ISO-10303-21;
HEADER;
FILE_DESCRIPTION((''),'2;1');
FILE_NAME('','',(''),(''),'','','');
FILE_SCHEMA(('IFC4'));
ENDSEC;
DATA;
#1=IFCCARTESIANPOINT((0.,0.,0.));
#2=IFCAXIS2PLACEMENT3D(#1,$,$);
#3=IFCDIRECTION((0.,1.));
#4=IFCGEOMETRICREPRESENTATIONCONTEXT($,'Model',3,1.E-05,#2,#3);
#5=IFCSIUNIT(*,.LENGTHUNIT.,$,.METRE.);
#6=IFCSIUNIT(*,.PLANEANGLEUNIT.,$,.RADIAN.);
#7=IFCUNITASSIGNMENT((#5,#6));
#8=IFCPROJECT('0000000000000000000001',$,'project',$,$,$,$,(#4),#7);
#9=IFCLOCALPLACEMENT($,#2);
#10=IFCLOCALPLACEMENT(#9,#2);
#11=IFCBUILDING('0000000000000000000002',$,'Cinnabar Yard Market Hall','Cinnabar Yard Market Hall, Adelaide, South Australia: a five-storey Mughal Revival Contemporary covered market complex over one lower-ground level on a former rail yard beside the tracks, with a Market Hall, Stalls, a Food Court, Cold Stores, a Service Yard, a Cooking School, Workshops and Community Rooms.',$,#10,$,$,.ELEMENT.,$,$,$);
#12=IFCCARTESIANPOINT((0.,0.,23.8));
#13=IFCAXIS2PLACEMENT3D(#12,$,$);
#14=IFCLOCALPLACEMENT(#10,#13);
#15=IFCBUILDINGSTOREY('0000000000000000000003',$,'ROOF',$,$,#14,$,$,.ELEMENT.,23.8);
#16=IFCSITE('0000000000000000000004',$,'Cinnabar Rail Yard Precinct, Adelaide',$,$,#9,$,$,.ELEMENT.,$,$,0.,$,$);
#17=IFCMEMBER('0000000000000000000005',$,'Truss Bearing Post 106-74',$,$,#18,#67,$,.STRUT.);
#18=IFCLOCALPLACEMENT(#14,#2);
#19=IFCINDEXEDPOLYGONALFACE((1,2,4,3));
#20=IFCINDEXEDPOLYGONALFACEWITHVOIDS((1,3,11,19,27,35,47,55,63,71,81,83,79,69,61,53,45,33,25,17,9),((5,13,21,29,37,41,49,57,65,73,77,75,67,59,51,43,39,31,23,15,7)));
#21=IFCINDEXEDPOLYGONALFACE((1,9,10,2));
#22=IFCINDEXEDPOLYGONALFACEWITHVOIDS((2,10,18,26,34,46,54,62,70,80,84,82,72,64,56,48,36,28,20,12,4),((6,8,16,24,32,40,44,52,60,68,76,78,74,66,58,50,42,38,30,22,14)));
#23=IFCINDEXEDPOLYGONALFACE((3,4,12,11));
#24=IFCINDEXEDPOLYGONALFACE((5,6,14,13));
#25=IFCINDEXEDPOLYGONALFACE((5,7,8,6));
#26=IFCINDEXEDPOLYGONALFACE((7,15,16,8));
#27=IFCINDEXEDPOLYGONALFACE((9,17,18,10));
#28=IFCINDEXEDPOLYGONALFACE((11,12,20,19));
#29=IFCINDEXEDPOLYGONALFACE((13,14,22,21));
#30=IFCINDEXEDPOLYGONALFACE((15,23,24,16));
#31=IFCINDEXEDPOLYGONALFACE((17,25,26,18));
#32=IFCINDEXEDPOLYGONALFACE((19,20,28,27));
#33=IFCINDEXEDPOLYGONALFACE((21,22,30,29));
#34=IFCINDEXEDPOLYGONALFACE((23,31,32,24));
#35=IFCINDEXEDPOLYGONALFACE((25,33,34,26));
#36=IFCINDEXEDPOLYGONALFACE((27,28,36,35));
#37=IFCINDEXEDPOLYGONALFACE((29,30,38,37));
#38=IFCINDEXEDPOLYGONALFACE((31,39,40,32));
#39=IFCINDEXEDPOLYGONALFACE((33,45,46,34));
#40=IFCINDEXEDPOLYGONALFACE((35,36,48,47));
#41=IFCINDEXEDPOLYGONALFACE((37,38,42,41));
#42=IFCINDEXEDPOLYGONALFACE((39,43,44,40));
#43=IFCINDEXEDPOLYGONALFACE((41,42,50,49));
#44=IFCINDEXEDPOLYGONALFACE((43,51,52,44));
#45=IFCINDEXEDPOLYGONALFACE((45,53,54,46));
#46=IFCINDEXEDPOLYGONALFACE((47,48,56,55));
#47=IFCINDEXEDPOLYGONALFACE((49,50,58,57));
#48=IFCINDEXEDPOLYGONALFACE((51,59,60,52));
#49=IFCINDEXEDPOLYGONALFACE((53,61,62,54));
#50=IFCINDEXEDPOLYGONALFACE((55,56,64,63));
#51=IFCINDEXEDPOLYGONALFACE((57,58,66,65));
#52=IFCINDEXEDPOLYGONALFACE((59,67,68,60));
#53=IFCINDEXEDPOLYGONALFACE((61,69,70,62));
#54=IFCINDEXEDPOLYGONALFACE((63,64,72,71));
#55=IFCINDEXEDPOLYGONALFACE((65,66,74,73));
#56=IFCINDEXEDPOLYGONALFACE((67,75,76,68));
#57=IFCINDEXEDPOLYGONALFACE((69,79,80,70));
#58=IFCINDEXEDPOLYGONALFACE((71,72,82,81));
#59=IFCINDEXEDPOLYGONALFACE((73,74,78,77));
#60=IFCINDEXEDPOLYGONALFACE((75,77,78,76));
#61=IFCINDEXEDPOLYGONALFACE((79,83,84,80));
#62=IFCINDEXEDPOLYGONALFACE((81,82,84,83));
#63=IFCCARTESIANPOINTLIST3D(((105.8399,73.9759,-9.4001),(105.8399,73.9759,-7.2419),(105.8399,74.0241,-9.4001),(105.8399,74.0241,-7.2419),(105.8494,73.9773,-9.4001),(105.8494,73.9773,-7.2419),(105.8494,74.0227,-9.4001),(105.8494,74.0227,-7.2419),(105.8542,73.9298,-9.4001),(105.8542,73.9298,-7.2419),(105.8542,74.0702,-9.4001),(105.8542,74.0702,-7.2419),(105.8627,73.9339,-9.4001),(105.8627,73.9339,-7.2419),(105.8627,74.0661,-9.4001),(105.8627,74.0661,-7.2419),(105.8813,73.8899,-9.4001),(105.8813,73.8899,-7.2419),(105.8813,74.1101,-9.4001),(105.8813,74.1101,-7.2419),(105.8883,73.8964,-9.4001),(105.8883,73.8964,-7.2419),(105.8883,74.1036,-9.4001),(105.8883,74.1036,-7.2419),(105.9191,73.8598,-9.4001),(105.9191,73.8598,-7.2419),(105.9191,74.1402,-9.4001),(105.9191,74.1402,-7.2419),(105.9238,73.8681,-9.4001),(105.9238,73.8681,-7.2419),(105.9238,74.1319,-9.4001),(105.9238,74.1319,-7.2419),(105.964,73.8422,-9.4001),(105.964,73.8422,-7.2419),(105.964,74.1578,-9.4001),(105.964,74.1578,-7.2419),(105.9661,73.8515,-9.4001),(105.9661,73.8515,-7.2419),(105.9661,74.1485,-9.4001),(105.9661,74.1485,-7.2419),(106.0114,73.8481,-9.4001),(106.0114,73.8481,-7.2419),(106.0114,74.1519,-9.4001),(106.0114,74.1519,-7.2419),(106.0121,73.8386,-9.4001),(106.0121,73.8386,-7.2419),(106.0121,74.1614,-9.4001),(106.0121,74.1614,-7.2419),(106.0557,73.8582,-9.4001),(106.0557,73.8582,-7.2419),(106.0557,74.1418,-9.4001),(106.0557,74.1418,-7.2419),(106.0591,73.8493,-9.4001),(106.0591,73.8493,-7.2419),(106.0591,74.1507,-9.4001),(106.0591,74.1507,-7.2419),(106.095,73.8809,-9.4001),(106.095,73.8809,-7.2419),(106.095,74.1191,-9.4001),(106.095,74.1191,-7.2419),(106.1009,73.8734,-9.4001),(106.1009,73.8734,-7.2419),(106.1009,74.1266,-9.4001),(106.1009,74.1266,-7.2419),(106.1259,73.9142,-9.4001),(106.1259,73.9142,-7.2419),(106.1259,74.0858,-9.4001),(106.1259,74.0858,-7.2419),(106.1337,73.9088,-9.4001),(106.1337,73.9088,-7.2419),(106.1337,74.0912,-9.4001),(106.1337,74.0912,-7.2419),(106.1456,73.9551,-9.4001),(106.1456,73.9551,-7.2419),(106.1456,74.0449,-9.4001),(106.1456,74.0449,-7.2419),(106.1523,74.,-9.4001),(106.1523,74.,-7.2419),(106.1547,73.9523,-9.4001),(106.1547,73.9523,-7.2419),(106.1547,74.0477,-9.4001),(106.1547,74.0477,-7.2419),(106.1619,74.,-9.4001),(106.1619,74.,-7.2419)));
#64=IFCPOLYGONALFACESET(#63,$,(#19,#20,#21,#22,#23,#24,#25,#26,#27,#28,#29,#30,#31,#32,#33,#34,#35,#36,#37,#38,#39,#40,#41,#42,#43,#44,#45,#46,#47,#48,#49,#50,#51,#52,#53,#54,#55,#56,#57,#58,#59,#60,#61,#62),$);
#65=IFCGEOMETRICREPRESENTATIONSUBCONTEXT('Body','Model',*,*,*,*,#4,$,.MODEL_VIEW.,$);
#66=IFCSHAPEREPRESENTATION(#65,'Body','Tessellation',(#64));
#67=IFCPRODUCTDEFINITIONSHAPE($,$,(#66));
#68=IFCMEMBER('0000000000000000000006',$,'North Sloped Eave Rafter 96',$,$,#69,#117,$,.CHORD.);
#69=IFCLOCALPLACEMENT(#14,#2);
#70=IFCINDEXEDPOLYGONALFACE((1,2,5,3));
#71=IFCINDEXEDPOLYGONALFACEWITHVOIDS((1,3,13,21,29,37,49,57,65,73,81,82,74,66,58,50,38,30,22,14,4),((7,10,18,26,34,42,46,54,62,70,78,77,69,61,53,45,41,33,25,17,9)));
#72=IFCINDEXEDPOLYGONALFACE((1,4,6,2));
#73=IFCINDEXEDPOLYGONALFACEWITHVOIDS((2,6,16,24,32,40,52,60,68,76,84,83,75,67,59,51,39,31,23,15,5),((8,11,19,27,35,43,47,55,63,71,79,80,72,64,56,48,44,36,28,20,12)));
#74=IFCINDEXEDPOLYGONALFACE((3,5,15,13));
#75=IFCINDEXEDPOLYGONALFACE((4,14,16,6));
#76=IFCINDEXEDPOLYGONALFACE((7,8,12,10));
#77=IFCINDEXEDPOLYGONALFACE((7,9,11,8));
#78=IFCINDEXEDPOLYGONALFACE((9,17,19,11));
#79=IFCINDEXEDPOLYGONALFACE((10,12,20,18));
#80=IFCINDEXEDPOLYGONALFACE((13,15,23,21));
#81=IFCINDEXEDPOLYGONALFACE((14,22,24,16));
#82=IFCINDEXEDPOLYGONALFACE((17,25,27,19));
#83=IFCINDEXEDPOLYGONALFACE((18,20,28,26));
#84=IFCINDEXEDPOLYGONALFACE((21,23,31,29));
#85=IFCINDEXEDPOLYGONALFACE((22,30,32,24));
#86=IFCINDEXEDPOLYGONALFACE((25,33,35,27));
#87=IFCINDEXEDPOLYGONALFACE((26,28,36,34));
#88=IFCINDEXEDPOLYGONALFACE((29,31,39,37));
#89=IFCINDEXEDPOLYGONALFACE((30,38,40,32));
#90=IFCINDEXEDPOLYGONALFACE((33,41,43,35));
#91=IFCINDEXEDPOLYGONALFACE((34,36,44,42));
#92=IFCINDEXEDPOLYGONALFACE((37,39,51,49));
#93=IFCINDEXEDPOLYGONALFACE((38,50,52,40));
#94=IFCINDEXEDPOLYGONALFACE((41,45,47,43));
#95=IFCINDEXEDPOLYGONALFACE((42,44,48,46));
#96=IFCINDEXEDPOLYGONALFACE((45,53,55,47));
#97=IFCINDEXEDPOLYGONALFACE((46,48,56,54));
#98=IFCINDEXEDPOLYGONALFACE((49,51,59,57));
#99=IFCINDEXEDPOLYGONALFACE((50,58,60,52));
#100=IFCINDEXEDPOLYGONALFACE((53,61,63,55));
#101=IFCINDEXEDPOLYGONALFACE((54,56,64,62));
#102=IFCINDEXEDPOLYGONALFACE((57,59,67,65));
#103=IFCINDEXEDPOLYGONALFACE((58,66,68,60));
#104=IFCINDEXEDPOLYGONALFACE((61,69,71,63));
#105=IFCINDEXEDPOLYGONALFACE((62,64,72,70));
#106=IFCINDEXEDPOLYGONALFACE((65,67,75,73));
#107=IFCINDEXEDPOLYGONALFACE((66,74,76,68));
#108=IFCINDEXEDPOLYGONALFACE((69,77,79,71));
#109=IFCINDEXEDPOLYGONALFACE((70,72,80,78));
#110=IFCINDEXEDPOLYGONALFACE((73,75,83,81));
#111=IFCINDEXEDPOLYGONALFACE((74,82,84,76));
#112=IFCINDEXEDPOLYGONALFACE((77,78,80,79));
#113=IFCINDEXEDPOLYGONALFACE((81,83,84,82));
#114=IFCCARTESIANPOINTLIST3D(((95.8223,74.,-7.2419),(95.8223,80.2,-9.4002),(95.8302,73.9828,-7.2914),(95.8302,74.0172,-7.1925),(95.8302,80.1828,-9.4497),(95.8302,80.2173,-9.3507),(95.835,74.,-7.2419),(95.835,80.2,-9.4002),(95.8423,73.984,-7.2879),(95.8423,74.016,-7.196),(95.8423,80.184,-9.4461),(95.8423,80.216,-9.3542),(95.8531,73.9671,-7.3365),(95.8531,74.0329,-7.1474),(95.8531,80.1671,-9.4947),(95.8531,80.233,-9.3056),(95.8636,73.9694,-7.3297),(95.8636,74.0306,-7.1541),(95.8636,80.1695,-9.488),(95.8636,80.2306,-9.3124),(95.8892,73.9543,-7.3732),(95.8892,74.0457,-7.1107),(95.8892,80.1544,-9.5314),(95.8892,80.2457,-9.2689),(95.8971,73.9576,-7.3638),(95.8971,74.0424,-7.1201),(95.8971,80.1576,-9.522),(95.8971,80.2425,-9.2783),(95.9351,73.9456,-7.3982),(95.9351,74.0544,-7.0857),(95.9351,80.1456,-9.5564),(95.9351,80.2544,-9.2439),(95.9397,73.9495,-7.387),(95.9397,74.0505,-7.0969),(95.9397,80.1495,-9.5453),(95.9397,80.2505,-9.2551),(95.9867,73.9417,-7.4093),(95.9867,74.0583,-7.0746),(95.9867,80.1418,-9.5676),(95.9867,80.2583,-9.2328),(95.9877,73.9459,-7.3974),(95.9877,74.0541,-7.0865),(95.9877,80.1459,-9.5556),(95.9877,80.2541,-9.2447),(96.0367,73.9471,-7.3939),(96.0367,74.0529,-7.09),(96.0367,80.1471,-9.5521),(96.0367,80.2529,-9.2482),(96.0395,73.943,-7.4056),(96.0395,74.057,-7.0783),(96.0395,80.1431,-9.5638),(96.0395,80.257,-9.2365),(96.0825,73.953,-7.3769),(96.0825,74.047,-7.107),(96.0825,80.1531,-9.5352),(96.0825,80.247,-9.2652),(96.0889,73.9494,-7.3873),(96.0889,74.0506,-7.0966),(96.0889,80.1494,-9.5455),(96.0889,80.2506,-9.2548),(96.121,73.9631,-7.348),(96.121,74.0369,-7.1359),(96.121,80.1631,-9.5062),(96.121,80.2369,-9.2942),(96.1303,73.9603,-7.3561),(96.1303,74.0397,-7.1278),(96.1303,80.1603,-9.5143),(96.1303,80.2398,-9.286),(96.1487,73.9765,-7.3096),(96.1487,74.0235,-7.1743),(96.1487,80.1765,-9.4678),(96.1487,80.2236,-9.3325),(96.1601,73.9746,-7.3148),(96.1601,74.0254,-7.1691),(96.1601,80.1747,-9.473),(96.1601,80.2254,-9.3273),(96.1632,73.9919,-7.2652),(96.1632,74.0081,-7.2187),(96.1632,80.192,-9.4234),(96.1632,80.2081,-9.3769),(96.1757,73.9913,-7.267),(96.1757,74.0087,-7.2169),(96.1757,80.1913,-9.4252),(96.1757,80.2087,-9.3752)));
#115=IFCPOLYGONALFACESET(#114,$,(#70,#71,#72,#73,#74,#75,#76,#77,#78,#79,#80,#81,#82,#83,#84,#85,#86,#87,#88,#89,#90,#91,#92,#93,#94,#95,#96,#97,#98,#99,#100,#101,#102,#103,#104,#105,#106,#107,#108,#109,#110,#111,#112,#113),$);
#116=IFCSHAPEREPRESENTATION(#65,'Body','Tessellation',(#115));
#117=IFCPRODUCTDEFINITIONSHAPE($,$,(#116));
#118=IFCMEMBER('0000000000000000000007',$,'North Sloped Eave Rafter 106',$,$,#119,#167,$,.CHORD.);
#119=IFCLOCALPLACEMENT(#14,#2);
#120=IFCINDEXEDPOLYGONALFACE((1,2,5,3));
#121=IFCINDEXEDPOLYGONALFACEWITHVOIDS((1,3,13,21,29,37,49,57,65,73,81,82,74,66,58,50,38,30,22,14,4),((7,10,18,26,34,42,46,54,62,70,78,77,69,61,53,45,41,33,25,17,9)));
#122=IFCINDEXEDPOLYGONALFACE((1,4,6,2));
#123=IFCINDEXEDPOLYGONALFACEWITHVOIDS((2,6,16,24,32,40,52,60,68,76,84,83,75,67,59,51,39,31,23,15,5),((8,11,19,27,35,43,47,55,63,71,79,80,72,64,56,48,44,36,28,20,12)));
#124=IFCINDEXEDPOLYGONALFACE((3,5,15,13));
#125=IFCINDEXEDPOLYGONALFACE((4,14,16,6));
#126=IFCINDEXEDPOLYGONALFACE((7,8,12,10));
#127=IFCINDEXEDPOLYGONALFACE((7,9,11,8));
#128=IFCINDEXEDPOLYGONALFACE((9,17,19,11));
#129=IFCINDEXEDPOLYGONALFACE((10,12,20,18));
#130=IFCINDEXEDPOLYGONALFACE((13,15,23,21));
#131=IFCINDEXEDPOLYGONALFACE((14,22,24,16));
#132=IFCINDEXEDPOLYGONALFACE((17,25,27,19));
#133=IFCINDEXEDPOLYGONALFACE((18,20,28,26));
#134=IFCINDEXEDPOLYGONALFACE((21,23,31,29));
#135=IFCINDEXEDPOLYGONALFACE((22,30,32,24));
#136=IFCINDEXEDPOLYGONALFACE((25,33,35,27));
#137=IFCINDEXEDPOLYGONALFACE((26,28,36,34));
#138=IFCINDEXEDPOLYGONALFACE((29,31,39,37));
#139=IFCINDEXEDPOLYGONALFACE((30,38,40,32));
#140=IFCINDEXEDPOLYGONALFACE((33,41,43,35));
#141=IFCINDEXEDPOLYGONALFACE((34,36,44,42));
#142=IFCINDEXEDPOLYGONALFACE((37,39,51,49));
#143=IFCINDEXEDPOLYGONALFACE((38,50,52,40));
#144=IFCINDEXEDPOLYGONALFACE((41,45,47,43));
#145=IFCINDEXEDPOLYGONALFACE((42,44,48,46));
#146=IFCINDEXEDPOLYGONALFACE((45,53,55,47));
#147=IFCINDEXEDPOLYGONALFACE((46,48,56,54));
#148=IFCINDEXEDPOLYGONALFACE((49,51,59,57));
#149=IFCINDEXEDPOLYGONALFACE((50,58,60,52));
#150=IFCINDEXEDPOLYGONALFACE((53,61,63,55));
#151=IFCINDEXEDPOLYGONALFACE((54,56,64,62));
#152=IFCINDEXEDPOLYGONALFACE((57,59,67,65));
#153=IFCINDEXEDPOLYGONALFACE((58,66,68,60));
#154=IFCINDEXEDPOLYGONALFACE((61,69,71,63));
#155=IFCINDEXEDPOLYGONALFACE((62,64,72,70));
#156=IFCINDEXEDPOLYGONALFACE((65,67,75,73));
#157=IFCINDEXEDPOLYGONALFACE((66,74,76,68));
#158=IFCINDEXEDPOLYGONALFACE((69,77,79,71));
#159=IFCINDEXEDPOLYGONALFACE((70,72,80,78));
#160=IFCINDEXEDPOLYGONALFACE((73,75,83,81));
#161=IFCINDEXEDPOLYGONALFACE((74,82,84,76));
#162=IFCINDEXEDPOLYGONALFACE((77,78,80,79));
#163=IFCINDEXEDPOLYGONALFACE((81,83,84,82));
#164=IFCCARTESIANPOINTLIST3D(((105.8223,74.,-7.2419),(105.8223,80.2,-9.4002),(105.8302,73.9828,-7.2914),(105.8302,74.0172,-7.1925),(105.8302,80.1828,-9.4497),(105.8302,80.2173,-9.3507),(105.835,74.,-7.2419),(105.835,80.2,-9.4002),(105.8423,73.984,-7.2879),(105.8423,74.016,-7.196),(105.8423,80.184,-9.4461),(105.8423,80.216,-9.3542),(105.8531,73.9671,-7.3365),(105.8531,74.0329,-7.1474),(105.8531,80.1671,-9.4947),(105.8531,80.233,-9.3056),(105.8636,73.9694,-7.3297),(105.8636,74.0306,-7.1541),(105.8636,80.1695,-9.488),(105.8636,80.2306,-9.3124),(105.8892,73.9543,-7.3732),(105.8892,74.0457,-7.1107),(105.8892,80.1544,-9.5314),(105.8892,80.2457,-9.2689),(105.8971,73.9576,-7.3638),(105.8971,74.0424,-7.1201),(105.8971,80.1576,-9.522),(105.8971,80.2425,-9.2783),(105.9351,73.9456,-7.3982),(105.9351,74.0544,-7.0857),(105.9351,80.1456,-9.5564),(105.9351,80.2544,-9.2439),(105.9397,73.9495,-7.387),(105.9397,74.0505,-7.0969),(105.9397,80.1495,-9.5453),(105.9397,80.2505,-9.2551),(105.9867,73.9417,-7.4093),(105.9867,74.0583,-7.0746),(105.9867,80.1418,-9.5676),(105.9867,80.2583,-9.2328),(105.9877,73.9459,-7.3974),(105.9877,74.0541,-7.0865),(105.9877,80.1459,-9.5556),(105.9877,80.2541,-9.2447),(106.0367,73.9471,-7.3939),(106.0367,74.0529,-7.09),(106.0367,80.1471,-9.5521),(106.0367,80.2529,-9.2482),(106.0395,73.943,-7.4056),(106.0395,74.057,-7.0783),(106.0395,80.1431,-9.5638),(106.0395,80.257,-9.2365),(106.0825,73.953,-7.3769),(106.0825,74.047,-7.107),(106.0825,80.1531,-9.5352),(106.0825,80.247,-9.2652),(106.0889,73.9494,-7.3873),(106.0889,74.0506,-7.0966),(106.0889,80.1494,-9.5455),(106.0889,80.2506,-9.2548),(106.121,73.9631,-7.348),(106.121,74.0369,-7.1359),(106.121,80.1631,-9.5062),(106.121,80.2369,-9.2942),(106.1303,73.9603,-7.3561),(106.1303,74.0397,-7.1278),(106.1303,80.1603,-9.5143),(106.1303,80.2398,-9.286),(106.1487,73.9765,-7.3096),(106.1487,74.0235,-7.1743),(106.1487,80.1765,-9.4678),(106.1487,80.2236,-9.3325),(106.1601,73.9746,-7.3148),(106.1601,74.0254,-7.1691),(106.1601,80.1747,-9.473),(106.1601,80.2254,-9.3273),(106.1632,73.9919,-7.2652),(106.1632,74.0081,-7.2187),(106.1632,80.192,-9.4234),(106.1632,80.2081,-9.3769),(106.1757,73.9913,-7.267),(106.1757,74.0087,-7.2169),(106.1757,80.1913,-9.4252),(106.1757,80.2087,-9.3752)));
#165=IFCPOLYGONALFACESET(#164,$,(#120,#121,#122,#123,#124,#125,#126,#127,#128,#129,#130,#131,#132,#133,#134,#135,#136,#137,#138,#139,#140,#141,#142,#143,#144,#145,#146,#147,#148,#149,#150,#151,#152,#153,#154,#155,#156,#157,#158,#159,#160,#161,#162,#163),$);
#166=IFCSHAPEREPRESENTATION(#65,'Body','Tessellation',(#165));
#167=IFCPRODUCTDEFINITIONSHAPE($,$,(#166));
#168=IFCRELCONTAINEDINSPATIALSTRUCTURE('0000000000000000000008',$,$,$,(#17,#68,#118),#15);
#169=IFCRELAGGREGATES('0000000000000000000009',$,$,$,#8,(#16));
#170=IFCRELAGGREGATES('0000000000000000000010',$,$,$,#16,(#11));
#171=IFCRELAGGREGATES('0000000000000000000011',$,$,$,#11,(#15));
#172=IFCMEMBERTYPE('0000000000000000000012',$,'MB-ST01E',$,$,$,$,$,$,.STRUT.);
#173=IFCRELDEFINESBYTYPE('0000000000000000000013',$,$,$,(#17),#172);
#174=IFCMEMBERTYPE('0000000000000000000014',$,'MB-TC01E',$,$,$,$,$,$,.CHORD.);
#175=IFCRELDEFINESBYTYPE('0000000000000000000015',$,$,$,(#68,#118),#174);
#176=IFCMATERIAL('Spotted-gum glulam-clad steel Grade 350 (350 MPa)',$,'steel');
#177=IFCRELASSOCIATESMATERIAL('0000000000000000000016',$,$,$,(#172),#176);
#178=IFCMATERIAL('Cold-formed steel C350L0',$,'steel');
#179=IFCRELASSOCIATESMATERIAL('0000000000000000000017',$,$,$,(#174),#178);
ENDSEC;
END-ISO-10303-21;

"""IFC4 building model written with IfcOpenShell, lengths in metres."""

from ifc_helpers import new_model, si_unit, direction, frame, origin, origin_2d_with_axis, place, context, subcontext, project, spatial, hollow_circle, extrude, material, material_profile, profile_set, type_object, element, save


model = new_model("IFC4")

# Units and contexts
model_context = context("Model", 3, precision=1e-05, world=origin(), true_north=direction((0.0, 1.0)))
body_context = subcontext(model_context, "Body", "Model", "MODEL_VIEW")
ifc_project = project(units=[si_unit("LENGTHUNIT", "METRE"), si_unit("PLANEANGLEUNIT", "RADIAN")], contexts=[model_context])

# Site, building, storey
site_placement = place(None, origin())
site = spatial("IfcSite", under=ifc_project, at=site_placement, Name="Cinnabar Rail Yard Precinct, Adelaide", CompositionType="ELEMENT", RefElevation=0.0)
building_placement = place(site_placement, origin())
building = spatial("IfcBuilding", under=site, at=building_placement, Name="Cinnabar Yard Market Hall", Description="Cinnabar Yard Market Hall, Adelaide, South Australia: a five-storey Mughal Revival Contemporary covered market complex over one lower-ground level on a former rail yard beside the tracks, with a Market Hall, Stalls, a Food Court, Cold Stores, a Service Yard, a Cooking School, Workshops and Community Rooms.", CompositionType="ELEMENT")
storey_placement = place(building_placement, frame((0.0, 0.0, 23.8)))
storey = spatial("IfcBuildingStorey", under=building, at=storey_placement, Name="ROOF", CompositionType="ELEMENT", Elevation=23.8)

# Shared definitions
ifc_material_1 = material(Name="Cold-formed steel C350L0", Category="steel")

# Members
ifc_material_2 = material(Name="Spotted-gum glulam-clad steel Grade 350 (350 MPa)", Category="steel")
ifc_material_profile_1 = material_profile(ifc_material_2, hollow_circle(Radius=0.1619, WallThickness=0.0095, at=origin_2d_with_axis()), Name="323.9x9.5CHS")
ifc_profile_set_1 = profile_set([ifc_material_profile_1], Name="Spotted-gum glulam-clad steel Grade 350 (350 MPa)")
member_type_1 = type_object("IfcMemberType", Name="MB-ST01E", PredefinedType="STRUT", material=ifc_profile_set_1)
for number, where, z_axis, x_axis, name in (
    (1, (106.0, 74.0, -9.4001), (0.0, 0.0, 1.0), (1.0, 0.0, 0.0), "Truss Bearing Post 106-74"),
):
    element("IfcMember", number, at=place(storey_placement, frame(where, z_axis=z_axis, x_axis=x_axis)), inside=storey, type_object=member_type_1, Name=name, PredefinedType="STRUT", context=body_context, shape_type="SweptSolid", body=[
        extrude(hollow_circle(Radius=0.1619, WallThickness=0.0095, at=origin_2d_with_axis()), origin(), (0.0, 0.0, 1.0), 2.1582),
    ])
ifc_material_profile_2 = material_profile(ifc_material_1, hollow_circle(Radius=0.1777, WallThickness=0.0127, at=origin_2d_with_axis()), Name="355.6x12.7CHS")
ifc_profile_set_2 = profile_set([ifc_material_profile_2], Name="Cold-formed steel C350L0")
member_type_2 = type_object("IfcMemberType", Name="MB-TC01E", PredefinedType="CHORD", material=ifc_profile_set_2)
for number, where, z_axis, x_axis, name in (
    (2, (96.0, 74.0, -7.2419), (0.0, 0.944416, -0.328751), (-1.0, 0.0, 0.0), "North Sloped Eave Rafter 96"),
    (3, (106.0, 74.0, -7.2419), (0.0, 0.944416, -0.328751), (-1.0, 0.0, 0.0), "North Sloped Eave Rafter 106"),
):
    element("IfcMember", number, at=place(storey_placement, frame(where, z_axis=z_axis, x_axis=x_axis)), inside=storey, type_object=member_type_2, Name=name, PredefinedType="CHORD", context=body_context, shape_type="SweptSolid", body=[
        extrude(hollow_circle(Radius=0.1777, WallThickness=0.0127, at=origin_2d_with_axis()), origin(), (0.0, 0.0, 1.0), 6.5649),
    ])

save(model, "model.ifc")
